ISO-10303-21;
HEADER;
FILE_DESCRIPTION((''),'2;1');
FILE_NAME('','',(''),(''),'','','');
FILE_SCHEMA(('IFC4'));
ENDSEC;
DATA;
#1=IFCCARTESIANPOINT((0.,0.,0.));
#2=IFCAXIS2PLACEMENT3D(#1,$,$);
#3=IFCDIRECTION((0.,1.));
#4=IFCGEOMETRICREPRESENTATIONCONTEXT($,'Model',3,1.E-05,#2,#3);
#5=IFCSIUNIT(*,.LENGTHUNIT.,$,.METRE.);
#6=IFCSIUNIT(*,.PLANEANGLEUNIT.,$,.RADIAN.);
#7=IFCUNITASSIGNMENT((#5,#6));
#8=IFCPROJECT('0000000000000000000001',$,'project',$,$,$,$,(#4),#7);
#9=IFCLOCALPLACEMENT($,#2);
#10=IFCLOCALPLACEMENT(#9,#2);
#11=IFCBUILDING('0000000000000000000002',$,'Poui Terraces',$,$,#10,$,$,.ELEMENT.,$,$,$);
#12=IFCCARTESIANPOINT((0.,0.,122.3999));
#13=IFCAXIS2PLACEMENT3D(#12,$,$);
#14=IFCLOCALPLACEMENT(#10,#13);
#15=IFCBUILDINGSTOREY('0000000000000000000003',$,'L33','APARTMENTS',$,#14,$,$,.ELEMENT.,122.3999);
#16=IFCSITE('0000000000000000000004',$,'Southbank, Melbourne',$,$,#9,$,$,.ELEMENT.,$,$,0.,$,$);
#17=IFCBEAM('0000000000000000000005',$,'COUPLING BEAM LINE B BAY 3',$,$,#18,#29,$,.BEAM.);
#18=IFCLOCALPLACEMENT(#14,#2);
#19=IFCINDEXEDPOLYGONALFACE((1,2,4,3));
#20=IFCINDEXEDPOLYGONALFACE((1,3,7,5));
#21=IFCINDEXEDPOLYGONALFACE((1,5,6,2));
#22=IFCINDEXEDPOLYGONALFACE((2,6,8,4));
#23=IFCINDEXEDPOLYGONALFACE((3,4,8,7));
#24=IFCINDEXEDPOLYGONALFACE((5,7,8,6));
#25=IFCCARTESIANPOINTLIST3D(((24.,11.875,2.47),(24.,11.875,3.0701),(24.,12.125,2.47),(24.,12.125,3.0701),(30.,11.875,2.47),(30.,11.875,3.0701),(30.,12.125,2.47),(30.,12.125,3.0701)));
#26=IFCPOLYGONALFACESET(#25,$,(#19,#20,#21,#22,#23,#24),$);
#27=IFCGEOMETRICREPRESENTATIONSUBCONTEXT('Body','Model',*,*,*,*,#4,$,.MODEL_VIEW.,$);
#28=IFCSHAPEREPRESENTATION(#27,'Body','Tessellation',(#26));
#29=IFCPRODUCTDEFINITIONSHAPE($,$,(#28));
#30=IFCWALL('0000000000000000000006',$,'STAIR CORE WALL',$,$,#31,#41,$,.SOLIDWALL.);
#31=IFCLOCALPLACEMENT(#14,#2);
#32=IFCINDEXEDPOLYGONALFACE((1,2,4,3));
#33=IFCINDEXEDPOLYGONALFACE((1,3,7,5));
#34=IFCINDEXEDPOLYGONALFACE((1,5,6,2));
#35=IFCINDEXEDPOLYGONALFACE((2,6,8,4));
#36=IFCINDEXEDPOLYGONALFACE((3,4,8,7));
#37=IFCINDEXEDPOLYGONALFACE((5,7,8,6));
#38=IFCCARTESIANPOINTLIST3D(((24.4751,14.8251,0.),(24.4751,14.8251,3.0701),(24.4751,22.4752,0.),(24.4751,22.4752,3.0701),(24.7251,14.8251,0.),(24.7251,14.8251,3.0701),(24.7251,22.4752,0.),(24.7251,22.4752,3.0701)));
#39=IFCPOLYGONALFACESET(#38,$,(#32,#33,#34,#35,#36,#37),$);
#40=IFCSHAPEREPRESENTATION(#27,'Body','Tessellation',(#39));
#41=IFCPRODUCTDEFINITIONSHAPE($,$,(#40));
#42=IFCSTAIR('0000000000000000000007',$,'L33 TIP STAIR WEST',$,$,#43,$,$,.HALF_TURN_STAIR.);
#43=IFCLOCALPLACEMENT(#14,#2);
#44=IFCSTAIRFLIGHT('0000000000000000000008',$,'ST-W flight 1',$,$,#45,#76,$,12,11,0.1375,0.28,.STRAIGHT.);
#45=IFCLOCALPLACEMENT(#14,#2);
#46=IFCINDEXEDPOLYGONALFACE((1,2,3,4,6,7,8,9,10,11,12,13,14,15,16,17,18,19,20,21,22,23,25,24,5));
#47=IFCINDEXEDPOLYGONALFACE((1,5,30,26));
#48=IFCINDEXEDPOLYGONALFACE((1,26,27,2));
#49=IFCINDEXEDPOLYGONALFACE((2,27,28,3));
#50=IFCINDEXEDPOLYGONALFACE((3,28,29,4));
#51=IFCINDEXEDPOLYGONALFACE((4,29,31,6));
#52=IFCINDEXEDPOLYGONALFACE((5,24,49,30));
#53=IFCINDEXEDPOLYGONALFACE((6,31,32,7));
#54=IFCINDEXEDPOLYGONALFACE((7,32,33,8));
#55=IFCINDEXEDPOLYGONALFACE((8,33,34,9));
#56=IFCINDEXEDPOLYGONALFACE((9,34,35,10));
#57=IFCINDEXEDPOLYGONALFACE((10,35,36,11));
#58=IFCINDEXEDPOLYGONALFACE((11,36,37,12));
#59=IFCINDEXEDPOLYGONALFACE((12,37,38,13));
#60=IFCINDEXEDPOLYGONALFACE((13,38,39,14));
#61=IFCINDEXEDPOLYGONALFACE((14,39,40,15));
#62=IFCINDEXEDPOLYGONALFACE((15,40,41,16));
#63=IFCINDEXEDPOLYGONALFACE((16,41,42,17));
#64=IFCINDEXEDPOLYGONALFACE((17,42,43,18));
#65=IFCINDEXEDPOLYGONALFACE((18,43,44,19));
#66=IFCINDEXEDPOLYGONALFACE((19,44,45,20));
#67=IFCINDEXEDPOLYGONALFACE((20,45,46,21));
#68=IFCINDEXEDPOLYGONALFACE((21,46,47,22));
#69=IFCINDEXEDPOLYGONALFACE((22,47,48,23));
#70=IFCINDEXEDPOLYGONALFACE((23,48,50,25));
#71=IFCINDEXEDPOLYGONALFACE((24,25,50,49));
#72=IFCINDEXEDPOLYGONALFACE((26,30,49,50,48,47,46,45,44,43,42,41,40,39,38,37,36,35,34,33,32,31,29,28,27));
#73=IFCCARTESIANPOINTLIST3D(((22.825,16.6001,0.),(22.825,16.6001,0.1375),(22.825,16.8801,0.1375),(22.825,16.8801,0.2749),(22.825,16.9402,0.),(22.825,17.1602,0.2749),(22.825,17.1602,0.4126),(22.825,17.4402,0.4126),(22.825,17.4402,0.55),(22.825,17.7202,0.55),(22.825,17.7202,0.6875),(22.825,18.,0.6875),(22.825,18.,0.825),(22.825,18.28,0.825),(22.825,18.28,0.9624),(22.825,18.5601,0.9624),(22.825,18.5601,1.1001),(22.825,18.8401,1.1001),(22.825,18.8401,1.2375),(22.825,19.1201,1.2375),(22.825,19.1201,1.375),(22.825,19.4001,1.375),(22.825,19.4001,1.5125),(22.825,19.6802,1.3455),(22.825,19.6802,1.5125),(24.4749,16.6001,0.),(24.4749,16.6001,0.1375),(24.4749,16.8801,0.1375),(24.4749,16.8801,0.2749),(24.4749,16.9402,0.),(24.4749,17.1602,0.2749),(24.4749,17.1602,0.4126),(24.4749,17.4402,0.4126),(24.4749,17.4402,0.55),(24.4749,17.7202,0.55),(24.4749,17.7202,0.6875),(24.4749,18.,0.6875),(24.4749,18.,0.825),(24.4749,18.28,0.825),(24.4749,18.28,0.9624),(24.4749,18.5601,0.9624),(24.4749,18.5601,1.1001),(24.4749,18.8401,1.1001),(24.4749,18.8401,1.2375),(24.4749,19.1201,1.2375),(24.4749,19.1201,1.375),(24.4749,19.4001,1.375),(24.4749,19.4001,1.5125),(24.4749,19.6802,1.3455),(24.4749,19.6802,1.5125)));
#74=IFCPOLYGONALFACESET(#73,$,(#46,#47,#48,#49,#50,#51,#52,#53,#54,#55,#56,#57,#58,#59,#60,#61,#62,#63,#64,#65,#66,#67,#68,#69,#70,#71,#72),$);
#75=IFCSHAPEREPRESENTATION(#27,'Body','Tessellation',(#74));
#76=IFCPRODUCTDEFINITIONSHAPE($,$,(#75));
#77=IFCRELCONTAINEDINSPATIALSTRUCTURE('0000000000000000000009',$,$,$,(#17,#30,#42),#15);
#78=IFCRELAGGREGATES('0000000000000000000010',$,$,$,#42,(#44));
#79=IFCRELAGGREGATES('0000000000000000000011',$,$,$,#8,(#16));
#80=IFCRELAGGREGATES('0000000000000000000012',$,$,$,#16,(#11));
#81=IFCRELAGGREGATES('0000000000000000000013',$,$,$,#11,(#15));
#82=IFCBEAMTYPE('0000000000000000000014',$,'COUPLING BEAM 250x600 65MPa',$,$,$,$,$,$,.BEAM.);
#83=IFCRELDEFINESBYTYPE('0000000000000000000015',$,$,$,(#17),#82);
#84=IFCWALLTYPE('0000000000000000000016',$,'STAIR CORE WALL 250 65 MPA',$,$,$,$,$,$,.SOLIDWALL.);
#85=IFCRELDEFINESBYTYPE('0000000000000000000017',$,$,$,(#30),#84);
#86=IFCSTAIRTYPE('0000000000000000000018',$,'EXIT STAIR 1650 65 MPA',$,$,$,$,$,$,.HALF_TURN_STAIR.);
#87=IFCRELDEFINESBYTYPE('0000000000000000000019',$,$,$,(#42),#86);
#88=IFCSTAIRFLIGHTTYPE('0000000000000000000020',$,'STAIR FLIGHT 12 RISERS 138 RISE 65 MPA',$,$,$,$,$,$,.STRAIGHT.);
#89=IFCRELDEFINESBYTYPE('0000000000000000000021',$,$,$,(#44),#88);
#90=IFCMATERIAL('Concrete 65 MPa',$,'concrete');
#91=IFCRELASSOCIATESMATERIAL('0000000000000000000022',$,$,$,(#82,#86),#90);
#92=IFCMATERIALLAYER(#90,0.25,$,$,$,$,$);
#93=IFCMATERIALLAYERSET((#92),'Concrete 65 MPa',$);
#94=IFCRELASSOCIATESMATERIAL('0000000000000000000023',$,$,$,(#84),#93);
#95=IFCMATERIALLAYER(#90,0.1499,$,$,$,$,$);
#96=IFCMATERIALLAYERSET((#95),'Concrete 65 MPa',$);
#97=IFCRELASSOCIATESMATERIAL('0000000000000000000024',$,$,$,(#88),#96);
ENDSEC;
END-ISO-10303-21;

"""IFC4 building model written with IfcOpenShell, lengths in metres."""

from ifc_helpers import new_model, si_unit, direction, frame, frame_2d, origin, origin_2d, place, context, subcontext, project, spatial, polyline, rectangle, outline, extrude, source, transform, mapped, material, layer, layer_set, material_profile, profile_set, type_object, element, aggregate, save


model = new_model("IFC4")

# Units and contexts
model_context = context("Model", 3, precision=1e-05, world=origin(), true_north=direction((0.0, 1.0)))
body_context = subcontext(model_context, "Body", "Model", "MODEL_VIEW")
ifc_project = project(units=[si_unit("LENGTHUNIT", "METRE"), si_unit("PLANEANGLEUNIT", "RADIAN")], contexts=[model_context])

# Site, building, storey
site_placement = place(None, origin())
site = spatial("IfcSite", under=ifc_project, at=site_placement, Name="Southbank, Melbourne", CompositionType="ELEMENT", RefElevation=0.0)
building_placement = place(site_placement, origin())
building = spatial("IfcBuilding", under=site, at=building_placement, Name="Poui Terraces", CompositionType="ELEMENT")
storey_placement = place(building_placement, frame((0.0, 0.0, 122.3999)))
storey = spatial("IfcBuildingStorey", under=building, at=storey_placement, Name="L33", Description="APARTMENTS", CompositionType="ELEMENT", Elevation=122.3999)

# Beam
ifc_material_1 = material(Name="Concrete 65 MPa", Category="concrete")
ifc_material_profile = material_profile(ifc_material_1, rectangle(XDim=0.25, YDim=0.6001, at=origin_2d()), Name="RC 250x600")
ifc_profile_set = profile_set([ifc_material_profile], Name="Concrete 65 MPa")
beam_type = type_object("IfcBeamType", Name="COUPLING BEAM 250x600 65MPa", PredefinedType="BEAM", material=ifc_profile_set)
shared_shape = source(origin(), body_context, "Body", "SweptSolid", [
    extrude(rectangle(XDim=0.25, YDim=0.6001, at=origin_2d()), origin(), (0.0, 0.0, 1.0), 6.0),
])
beam_placement = place(storey_placement, frame((24.0, 12.0, 2.77), z_axis=(1.0, 0.0, 0.0), x_axis=(0.0, 1.0, 0.0)))
element("IfcBeam", 1, at=beam_placement, inside=storey, type_object=beam_type, Name="COUPLING BEAM LINE B BAY 3", PredefinedType="BEAM", context=body_context, shape_type="MappedRepresentation", body=[
    mapped(shared_shape, transform((0.0, 0.0, 0.0))),
])

# Wall
ifc_layer_1 = layer(ifc_material_1, 0.25)
ifc_layer_set_1 = layer_set([ifc_layer_1], Name="Concrete 65 MPa")
wall_type = type_object("IfcWallType", Name="STAIR CORE WALL 250 65 MPA", PredefinedType="SOLIDWALL", material=ifc_layer_set_1)
wall_placement = place(storey_placement, frame((24.6001, 14.825, 0.0), z_axis=(0.0, 0.0, 1.0), x_axis=(0.0, 1.0, 0.0)))
element("IfcWall", 2, at=wall_placement, inside=storey, type_object=wall_type, Name="STAIR CORE WALL", PredefinedType="SOLIDWALL", context=body_context, shape_type="SweptSolid", body=[
    extrude(rectangle(XDim=7.6501, YDim=0.25, at=frame_2d((3.8252, 0.0))), origin(), (0.0, 0.0, 1.0), 3.0701),
])

# Stair, stair flight
stair_type = type_object("IfcStairType", Name="EXIT STAIR 1650 65 MPA", PredefinedType="HALF_TURN_STAIR", material=ifc_material_1)
stair_placement = place(storey_placement, origin())
stair = element("IfcStair", 3, at=stair_placement, inside=storey, type_object=stair_type, Name="L33 TIP STAIR WEST", PredefinedType="HALF_TURN_STAIR")
ifc_layer_2 = layer(ifc_material_1, 0.1499)
ifc_layer_set_2 = layer_set([ifc_layer_2], Name="Concrete 65 MPa")
stair_flight_type = type_object("IfcStairFlightType", Name="STAIR FLIGHT 12 RISERS 138 RISE 65 MPA", PredefinedType="STRAIGHT", material=ifc_layer_set_2)
stair_flight_placement = place(storey_placement, frame((23.6499, 16.6001, 0.0), z_axis=(0.0, 0.0, 1.0), x_axis=(0.0, 1.0, 0.0)))
stair_flight = element("IfcStairFlight", 4, at=stair_flight_placement, type_object=stair_flight_type, Name="ST-W flight 1", NumberOfRisers=12, NumberOfTreads=11, PredefinedType="STRAIGHT", RiserHeight=0.1375, TreadLength=0.28, context=body_context, shape_type="SweptSolid", body=[
    extrude(outline(polyline([(0.0, 0.0), (0.0, 0.1375), (0.28, 0.1375), (0.28, 0.2749), (0.5601, 0.2749), (0.5601, 0.4126), (0.8401, 0.4126), (0.8401, 0.55), (1.1201, 0.55), (1.1201, 0.6875), (1.3999, 0.6875), (1.3999, 0.825), (1.6799, 0.825), (1.6799, 0.9624), (1.96, 0.9624), (1.96, 1.1001), (2.24, 1.1001), (2.24, 1.2375), (2.52, 1.2375), (2.52, 1.375), (2.8, 1.375), (2.8, 1.5125), (3.0801, 1.5125), (3.0801, 1.6499), (3.0801, 1.3455), (0.3401, 0.0), (0.0, 0.0)])), frame((0.0, 0.825, 0.0), z_axis=(0.0, -1.0, 0.0), x_axis=(1.0, 0.0, 0.0)), (0.0, 0.0, 1.0), 1.6499),
])
aggregate(stair, [stair_flight])

save(model, "model.ifc")
